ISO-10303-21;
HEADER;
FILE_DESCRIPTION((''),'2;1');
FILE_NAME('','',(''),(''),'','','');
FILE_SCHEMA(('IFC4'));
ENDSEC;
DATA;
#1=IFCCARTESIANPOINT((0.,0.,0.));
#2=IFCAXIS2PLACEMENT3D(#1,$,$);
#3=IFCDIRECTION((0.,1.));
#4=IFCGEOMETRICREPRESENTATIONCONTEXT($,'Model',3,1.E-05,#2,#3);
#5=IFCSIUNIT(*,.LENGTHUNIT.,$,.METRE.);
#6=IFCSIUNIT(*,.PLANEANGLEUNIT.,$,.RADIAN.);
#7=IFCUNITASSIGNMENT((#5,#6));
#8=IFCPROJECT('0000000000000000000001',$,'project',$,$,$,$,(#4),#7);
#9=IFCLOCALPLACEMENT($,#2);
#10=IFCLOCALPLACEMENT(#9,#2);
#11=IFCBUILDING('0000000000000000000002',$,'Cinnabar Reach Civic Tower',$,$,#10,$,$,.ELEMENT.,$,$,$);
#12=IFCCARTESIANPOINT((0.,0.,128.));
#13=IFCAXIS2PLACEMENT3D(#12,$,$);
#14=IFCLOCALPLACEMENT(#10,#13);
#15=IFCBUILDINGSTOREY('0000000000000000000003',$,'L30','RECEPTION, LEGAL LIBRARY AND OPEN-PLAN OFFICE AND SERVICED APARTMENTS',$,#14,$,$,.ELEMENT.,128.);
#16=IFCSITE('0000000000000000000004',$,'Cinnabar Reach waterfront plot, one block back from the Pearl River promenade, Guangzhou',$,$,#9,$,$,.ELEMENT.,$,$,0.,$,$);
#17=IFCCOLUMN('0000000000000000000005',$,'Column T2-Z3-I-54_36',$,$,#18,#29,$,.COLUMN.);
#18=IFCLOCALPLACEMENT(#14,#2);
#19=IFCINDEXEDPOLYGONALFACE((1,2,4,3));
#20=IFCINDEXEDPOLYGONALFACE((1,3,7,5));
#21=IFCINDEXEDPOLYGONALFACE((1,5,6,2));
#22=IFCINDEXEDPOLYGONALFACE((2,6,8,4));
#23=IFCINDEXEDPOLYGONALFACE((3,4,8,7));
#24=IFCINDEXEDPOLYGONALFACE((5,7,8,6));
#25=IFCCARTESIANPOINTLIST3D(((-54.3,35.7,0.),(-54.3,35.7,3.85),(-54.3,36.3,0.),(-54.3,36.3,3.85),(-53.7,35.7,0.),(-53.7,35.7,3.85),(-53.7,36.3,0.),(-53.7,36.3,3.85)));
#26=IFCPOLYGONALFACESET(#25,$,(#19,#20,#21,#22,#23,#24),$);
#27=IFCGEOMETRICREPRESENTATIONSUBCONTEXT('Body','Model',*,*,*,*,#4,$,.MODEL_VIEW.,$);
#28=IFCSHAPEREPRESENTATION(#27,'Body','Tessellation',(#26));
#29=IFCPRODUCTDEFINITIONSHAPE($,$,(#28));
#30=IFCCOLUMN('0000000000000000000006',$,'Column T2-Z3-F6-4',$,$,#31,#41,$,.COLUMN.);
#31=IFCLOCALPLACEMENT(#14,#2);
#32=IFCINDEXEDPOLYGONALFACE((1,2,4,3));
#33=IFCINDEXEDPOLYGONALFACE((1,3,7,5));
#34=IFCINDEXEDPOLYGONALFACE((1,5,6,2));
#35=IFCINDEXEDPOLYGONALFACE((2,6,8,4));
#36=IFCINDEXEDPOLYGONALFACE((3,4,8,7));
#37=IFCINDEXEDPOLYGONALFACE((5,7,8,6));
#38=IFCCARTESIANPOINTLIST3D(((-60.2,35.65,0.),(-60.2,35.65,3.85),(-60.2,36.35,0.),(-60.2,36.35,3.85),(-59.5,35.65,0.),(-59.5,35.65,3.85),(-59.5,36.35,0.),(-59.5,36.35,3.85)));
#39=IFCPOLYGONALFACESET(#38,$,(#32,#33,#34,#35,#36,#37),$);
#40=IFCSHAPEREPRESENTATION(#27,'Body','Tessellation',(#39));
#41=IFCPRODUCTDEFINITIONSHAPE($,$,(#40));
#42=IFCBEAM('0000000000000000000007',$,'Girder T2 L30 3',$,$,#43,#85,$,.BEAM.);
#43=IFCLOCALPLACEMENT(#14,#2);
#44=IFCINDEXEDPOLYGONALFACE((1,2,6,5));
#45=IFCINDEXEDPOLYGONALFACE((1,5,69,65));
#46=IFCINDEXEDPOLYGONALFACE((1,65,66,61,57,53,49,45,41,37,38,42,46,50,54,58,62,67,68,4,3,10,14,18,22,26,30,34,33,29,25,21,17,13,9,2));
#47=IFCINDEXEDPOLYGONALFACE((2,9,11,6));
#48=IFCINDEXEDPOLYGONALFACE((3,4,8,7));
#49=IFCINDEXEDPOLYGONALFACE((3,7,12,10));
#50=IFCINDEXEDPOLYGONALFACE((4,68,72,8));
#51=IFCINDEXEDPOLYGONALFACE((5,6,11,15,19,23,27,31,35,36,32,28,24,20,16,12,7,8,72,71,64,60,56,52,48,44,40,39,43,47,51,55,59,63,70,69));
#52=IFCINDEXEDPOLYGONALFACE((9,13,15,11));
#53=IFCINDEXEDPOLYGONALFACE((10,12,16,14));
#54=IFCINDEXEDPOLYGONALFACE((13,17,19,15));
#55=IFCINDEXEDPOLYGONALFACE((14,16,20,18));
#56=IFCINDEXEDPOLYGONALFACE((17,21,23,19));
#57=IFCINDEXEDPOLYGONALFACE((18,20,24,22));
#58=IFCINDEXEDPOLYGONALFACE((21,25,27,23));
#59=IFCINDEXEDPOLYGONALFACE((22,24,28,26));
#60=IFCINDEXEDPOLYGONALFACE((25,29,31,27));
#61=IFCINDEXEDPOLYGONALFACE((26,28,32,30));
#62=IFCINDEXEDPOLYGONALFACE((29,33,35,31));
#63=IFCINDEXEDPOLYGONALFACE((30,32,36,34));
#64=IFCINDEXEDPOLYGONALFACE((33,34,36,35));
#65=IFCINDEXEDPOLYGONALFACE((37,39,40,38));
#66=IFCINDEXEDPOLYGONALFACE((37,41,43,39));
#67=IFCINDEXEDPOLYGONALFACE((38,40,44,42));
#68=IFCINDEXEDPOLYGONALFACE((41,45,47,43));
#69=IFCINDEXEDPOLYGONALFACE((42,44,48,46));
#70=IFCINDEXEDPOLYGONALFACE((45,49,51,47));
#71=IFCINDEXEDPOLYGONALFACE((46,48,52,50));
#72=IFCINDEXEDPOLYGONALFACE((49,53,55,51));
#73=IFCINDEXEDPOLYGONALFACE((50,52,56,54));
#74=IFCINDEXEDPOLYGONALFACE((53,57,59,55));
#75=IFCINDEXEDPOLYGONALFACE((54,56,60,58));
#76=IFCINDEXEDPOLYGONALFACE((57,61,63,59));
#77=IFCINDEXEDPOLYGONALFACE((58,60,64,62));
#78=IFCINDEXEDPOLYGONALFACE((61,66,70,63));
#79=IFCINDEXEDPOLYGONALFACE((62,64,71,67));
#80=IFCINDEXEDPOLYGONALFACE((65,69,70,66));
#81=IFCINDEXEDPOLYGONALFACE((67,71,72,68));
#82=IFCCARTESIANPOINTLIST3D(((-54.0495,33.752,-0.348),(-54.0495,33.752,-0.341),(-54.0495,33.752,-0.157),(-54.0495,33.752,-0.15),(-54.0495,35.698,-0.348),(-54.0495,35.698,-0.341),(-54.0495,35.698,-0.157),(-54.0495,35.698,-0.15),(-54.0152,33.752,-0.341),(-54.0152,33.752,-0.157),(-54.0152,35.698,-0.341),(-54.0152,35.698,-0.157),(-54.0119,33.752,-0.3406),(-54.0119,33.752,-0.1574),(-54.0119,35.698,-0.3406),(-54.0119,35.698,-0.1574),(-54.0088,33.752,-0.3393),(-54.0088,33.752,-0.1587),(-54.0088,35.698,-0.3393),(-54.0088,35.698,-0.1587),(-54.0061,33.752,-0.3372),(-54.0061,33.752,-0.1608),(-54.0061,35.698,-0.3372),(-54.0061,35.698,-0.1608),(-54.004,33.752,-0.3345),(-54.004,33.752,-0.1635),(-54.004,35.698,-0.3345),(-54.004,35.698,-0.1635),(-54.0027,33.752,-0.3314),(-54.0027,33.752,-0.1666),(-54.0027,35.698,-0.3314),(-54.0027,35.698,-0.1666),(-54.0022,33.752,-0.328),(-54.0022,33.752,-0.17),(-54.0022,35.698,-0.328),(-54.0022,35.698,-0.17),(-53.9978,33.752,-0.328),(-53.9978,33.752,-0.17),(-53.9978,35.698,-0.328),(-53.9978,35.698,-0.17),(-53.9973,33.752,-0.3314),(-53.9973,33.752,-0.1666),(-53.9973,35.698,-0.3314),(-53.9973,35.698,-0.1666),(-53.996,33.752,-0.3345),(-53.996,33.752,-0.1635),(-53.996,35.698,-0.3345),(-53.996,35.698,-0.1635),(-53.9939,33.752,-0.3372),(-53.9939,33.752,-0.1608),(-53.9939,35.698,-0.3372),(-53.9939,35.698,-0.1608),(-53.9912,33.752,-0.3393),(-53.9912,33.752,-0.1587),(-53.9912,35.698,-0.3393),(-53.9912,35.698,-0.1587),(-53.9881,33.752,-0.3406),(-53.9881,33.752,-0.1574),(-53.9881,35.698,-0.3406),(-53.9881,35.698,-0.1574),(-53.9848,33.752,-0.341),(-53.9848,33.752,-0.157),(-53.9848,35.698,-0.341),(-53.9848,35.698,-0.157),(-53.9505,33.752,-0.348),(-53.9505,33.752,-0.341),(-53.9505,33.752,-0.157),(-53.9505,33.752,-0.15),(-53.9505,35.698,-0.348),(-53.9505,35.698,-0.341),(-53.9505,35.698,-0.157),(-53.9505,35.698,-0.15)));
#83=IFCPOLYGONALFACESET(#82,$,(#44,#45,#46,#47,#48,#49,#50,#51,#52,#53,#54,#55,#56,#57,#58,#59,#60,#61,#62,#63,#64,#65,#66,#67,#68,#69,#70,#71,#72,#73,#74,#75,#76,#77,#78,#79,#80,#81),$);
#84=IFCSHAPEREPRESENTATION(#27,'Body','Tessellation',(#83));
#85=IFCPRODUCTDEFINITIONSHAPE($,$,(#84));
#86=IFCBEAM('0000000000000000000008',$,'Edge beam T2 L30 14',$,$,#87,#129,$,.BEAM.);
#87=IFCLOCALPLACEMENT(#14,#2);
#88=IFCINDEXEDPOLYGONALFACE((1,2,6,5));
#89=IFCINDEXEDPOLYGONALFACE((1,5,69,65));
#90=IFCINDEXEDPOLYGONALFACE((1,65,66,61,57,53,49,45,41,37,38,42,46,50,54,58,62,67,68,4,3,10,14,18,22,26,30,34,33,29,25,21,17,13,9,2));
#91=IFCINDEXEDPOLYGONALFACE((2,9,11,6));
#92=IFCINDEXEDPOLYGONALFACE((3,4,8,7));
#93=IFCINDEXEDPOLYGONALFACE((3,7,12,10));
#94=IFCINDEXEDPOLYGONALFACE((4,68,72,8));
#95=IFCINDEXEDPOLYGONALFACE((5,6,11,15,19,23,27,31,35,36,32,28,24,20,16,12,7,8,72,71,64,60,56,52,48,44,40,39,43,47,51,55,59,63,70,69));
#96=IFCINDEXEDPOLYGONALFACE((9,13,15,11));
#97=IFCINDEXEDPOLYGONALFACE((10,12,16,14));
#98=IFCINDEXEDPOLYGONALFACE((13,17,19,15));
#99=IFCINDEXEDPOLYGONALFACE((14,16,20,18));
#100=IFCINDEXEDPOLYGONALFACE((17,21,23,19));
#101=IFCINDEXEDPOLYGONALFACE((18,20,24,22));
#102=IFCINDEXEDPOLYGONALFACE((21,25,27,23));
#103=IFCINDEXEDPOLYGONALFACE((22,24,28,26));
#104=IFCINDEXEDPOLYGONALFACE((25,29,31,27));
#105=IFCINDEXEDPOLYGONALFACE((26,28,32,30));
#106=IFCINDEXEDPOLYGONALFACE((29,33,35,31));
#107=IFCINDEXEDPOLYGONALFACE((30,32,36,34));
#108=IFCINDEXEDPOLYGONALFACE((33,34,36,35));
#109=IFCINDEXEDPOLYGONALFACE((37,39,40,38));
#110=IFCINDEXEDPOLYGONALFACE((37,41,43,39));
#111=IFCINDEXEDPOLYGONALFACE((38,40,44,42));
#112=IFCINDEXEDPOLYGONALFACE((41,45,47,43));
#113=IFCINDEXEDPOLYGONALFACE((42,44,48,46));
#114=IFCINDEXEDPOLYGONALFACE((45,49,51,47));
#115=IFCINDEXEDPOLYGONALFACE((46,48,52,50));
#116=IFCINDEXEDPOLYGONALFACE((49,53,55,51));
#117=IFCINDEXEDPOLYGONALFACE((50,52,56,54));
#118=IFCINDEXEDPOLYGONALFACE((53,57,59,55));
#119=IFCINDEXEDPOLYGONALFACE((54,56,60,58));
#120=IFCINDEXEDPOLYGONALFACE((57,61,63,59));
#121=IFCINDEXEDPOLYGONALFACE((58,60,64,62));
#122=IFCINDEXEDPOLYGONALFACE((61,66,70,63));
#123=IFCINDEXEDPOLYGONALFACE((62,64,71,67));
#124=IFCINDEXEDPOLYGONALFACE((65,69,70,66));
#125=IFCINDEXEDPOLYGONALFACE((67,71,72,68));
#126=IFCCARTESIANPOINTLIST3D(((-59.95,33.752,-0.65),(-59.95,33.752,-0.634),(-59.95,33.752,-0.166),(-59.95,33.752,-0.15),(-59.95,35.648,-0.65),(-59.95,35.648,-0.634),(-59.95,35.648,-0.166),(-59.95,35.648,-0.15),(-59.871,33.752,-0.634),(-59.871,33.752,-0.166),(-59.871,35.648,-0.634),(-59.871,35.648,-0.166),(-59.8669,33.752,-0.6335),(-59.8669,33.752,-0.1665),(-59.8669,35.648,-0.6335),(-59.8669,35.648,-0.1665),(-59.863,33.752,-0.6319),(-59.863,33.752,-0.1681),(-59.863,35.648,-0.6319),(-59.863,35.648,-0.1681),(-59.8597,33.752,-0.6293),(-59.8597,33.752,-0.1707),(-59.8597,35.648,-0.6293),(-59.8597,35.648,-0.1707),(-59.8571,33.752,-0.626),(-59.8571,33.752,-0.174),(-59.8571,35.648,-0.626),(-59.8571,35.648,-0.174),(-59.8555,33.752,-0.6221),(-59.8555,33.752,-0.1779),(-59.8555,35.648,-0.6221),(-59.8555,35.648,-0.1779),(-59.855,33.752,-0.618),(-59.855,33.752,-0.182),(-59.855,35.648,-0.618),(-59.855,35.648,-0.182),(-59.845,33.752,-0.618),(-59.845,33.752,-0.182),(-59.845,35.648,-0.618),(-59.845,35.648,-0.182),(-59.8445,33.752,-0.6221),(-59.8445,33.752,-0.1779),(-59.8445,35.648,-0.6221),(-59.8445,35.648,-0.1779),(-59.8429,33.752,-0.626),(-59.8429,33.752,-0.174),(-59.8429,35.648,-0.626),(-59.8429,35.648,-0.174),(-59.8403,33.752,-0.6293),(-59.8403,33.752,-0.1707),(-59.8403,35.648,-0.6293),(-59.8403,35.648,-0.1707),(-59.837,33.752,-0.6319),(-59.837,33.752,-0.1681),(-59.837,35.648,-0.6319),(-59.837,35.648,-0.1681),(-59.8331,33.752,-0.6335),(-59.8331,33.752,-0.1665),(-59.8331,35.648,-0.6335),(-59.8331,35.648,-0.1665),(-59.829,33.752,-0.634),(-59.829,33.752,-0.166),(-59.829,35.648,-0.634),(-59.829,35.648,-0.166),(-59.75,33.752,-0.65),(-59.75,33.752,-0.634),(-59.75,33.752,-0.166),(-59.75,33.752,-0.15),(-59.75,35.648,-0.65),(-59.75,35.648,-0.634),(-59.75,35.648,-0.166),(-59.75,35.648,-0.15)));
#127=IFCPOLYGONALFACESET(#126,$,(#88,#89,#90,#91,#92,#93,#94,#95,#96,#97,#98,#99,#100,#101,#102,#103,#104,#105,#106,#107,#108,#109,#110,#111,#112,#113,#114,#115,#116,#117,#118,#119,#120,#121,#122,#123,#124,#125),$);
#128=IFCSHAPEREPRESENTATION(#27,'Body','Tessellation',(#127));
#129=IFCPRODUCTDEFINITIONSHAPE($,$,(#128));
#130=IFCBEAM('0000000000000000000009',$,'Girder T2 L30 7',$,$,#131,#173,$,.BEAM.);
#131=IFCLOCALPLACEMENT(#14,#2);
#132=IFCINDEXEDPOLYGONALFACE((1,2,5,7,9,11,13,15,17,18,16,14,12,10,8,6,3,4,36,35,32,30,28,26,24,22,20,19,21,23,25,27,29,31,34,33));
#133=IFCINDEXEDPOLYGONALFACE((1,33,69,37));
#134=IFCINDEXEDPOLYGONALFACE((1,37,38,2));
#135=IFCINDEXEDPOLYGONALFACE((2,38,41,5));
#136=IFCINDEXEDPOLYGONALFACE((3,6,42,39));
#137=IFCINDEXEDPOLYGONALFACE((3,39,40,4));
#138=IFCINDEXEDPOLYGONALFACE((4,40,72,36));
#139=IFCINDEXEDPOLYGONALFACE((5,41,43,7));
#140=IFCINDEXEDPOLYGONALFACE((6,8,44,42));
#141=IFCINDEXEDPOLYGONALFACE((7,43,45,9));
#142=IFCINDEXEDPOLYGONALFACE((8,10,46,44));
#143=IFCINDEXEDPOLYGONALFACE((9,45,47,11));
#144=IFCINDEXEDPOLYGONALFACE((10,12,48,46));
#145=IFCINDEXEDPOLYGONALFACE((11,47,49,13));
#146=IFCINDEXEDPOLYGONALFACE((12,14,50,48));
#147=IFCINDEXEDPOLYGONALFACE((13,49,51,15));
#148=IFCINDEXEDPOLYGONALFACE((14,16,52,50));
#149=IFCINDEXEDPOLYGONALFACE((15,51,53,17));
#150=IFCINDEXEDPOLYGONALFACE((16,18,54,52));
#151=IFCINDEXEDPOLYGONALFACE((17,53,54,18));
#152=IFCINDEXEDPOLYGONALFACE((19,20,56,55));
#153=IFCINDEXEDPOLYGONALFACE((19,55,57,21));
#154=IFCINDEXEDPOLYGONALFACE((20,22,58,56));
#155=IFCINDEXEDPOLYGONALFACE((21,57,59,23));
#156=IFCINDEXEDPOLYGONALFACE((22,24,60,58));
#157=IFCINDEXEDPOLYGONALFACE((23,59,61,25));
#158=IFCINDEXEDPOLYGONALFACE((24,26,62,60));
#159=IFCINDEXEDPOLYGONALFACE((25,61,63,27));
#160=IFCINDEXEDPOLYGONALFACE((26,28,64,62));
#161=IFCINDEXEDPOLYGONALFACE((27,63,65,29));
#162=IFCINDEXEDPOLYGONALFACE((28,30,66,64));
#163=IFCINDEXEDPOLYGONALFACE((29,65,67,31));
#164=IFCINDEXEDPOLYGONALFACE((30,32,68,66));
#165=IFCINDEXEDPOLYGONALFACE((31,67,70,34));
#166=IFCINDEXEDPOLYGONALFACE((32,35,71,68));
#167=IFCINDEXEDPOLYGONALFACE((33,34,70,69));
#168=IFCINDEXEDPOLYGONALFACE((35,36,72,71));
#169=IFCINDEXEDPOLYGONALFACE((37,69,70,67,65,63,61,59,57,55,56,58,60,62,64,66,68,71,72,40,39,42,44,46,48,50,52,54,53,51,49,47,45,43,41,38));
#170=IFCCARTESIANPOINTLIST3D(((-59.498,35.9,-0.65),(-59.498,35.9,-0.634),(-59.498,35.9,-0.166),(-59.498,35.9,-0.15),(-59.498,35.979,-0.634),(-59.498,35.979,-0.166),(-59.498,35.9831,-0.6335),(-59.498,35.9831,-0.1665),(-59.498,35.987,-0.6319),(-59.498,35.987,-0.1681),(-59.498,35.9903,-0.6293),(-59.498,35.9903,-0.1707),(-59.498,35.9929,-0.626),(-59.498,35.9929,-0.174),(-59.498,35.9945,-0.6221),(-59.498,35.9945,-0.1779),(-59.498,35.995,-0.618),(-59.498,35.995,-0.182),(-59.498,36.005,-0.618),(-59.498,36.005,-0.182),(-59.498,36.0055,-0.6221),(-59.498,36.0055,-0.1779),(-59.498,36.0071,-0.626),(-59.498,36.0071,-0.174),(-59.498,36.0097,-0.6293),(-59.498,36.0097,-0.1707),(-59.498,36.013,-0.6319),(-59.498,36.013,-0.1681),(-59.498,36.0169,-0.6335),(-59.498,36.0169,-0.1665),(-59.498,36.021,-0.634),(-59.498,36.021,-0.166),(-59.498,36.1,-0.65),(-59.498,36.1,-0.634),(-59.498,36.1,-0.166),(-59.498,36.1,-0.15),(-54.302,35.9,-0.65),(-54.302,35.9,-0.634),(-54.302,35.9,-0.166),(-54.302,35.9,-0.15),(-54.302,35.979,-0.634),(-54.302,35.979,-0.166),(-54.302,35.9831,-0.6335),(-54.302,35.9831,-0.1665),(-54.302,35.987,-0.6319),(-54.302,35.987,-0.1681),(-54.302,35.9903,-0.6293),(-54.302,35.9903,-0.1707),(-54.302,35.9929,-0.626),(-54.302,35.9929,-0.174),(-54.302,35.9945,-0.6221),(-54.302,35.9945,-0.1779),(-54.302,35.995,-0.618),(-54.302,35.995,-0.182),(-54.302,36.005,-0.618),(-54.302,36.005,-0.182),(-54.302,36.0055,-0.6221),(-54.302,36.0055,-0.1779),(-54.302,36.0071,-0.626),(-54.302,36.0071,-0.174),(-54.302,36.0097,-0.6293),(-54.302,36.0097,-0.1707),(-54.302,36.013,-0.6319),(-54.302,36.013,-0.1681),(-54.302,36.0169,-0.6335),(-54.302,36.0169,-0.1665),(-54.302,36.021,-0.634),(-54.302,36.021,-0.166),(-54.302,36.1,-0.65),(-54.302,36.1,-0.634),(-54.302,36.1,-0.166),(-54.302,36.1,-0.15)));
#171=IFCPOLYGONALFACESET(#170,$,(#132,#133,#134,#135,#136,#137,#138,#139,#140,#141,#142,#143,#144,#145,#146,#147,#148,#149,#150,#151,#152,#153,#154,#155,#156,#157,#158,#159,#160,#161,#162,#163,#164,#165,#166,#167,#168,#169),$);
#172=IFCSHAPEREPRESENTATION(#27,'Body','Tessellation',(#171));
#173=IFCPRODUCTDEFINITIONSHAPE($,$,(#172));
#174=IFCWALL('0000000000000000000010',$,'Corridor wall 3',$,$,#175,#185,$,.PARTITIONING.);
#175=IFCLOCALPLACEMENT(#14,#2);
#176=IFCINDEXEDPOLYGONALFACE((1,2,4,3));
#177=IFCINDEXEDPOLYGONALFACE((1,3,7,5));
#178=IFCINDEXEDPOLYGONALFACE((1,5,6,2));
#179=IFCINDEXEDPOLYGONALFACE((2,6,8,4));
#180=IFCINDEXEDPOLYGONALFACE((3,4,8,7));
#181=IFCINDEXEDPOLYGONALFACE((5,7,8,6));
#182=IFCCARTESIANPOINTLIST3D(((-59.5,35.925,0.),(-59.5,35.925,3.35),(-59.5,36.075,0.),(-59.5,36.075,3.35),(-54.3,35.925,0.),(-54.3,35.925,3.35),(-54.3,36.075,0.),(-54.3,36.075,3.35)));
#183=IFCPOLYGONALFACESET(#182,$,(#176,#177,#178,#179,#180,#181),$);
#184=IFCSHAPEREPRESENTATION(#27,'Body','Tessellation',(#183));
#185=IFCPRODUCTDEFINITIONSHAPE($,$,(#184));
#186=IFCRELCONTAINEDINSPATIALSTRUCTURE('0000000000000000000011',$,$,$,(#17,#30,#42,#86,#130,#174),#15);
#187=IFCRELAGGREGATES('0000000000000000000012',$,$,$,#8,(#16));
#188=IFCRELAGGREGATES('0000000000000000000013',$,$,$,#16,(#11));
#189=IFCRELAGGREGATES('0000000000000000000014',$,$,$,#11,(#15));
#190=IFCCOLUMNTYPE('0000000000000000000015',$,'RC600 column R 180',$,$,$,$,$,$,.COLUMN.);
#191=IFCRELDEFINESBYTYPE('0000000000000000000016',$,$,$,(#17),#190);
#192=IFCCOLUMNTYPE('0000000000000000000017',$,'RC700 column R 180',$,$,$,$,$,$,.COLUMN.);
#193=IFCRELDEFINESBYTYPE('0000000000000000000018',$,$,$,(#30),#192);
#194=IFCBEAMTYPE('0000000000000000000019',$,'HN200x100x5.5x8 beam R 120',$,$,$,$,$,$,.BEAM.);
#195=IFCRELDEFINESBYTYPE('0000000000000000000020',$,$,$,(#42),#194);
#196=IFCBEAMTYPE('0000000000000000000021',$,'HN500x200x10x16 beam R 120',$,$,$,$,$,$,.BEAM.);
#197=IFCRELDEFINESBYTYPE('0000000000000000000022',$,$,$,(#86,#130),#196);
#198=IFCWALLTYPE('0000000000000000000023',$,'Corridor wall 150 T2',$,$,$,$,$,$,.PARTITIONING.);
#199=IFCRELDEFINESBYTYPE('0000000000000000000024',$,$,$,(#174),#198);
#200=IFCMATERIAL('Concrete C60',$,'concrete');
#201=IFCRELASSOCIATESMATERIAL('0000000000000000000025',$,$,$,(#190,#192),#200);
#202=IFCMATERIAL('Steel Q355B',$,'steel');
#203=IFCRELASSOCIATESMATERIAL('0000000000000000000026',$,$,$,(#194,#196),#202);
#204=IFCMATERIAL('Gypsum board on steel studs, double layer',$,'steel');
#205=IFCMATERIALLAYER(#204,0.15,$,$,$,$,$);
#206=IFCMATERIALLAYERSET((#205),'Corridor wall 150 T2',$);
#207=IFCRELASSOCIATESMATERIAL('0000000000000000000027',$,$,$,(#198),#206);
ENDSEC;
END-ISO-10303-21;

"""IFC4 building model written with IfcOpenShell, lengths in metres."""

from ifc_helpers import new_model, si_unit, direction, frame, frame_2d, origin, origin_2d, place, context, subcontext, project, spatial, rectangle, i_section, extrude, material, layer, layer_set, material_profile, profile_set, type_object, element, save


model = new_model("IFC4")

# Units and contexts
model_context = context("Model", 3, precision=1e-05, world=origin(), true_north=direction((0.0, 1.0)))
body_context = subcontext(model_context, "Body", "Model", "MODEL_VIEW")
ifc_project = project(units=[si_unit("LENGTHUNIT", "METRE"), si_unit("PLANEANGLEUNIT", "RADIAN")], contexts=[model_context])

# Site, building, storey
site_placement = place(None, origin())
site = spatial("IfcSite", under=ifc_project, at=site_placement, Name="Cinnabar Reach waterfront plot, one block back from the Pearl River promenade, Guangzhou", CompositionType="ELEMENT", RefElevation=0.0)
building_placement = place(site_placement, origin())
building = spatial("IfcBuilding", under=site, at=building_placement, Name="Cinnabar Reach Civic Tower", CompositionType="ELEMENT")
storey_placement = place(building_placement, frame((0.0, 0.0, 128.0)))
storey = spatial("IfcBuildingStorey", under=building, at=storey_placement, Name="L30", Description="RECEPTION, LEGAL LIBRARY AND OPEN-PLAN OFFICE AND SERVICED APARTMENTS", CompositionType="ELEMENT", Elevation=128.0)

# Columns
ifc_material_1 = material(Name="Concrete C60", Category="concrete")
ifc_material_profile_1 = material_profile(ifc_material_1, rectangle(XDim=0.6, YDim=0.6, at=origin_2d()), Name="RC600")
ifc_profile_set_1 = profile_set([ifc_material_profile_1], Name="Concrete C60")
column_type_1 = type_object("IfcColumnType", Name="RC600 column R 180", PredefinedType="COLUMN", material=ifc_profile_set_1)
column_1_placement = place(storey_placement, frame((-54.0, 36.0, 0.0), z_axis=(0.0, 0.0, 1.0), x_axis=(1.0, 0.0, 0.0)))
element("IfcColumn", 1, at=column_1_placement, inside=storey, type_object=column_type_1, Name="Column T2-Z3-I-54_36", PredefinedType="COLUMN", context=body_context, shape_type="SweptSolid", body=[
    extrude(rectangle(XDim=0.6, YDim=0.6, at=origin_2d()), origin(), (0.0, 0.0, 1.0), 3.85),
])
ifc_material_profile_2 = material_profile(ifc_material_1, rectangle(XDim=0.7, YDim=0.7, at=origin_2d()), Name="RC700")
ifc_profile_set_2 = profile_set([ifc_material_profile_2], Name="Concrete C60")
column_type_2 = type_object("IfcColumnType", Name="RC700 column R 180", PredefinedType="COLUMN", material=ifc_profile_set_2)
column_2_placement = place(storey_placement, frame((-59.85, 36.0, 0.0), z_axis=(0.0, 0.0, 1.0), x_axis=(1.0, 0.0, 0.0)))
element("IfcColumn", 2, at=column_2_placement, inside=storey, type_object=column_type_2, Name="Column T2-Z3-F6-4", PredefinedType="COLUMN", context=body_context, shape_type="SweptSolid", body=[
    extrude(rectangle(XDim=0.7, YDim=0.7, at=origin_2d()), origin(), (0.0, 0.0, 1.0), 3.85),
])

# Beams
ifc_material_2 = material(Name="Steel Q355B", Category="steel")
ifc_material_profile_3 = material_profile(ifc_material_2, i_section(OverallWidth=0.099, OverallDepth=0.198, WebThickness=0.0045, FlangeThickness=0.007, FilletRadius=0.013, at=origin_2d()), Name="HN200x100x5.5x8")
ifc_profile_set_3 = profile_set([ifc_material_profile_3], Name="Steel Q355B")
beam_type_1 = type_object("IfcBeamType", Name="HN200x100x5.5x8 beam R 120", PredefinedType="BEAM", material=ifc_profile_set_3)
beam_1_placement = place(storey_placement, frame((-54.0, 33.752, -0.249), z_axis=(0.0, 1.0, 0.0), x_axis=(-1.0, 0.0, 0.0)))
element("IfcBeam", 3, at=beam_1_placement, inside=storey, type_object=beam_type_1, Name="Girder T2 L30 3", PredefinedType="BEAM", context=body_context, shape_type="SweptSolid", body=[
    extrude(i_section(OverallWidth=0.099, OverallDepth=0.198, WebThickness=0.0045, FlangeThickness=0.007, FilletRadius=0.013, at=origin_2d()), origin(), (0.0, 0.0, 1.0), 1.946),
])
ifc_material_profile_4 = material_profile(ifc_material_2, i_section(OverallWidth=0.2, OverallDepth=0.5, WebThickness=0.01, FlangeThickness=0.016, FilletRadius=0.016, at=origin_2d()), Name="HN500x200x10x16")
ifc_profile_set_4 = profile_set([ifc_material_profile_4], Name="Steel Q355B")
beam_type_2 = type_object("IfcBeamType", Name="HN500x200x10x16 beam R 120", PredefinedType="BEAM", material=ifc_profile_set_4)
beam_2_placement = place(storey_placement, frame((-59.85, 35.648, -0.4), z_axis=(0.0, -1.0, 0.0), x_axis=(1.0, 0.0, 0.0)))
element("IfcBeam", 4, at=beam_2_placement, inside=storey, type_object=beam_type_2, Name="Edge beam T2 L30 14", PredefinedType="BEAM", context=body_context, shape_type="SweptSolid", body=[
    extrude(i_section(OverallWidth=0.2, OverallDepth=0.5, WebThickness=0.01, FlangeThickness=0.016, FilletRadius=0.016, at=origin_2d()), origin(), (0.0, 0.0, 1.0), 1.896),
])
beam_3_placement = place(storey_placement, frame((-59.498, 36.0, -0.4), z_axis=(1.0, 0.0, 0.0), x_axis=(0.0, 1.0, 0.0)))
element("IfcBeam", 5, at=beam_3_placement, inside=storey, type_object=beam_type_2, Name="Girder T2 L30 7", PredefinedType="BEAM", context=body_context, shape_type="SweptSolid", body=[
    extrude(i_section(OverallWidth=0.2, OverallDepth=0.5, WebThickness=0.01, FlangeThickness=0.016, FilletRadius=0.016, at=origin_2d()), origin(), (0.0, 0.0, 1.0), 5.196),
])

# Wall
ifc_material_3 = material(Name="Gypsum board on steel studs, double layer", Category="steel")
ifc_layer_1 = layer(ifc_material_3, 0.15)
ifc_layer_set_1 = layer_set([ifc_layer_1], Name="Corridor wall 150 T2")
wall_type_1 = type_object("IfcWallType", Name="Corridor wall 150 T2", PredefinedType="PARTITIONING", material=ifc_layer_set_1)
wall_1_placement = place(storey_placement, frame((-59.5, 36.0, 0.0), z_axis=(0.0, 0.0, 1.0), x_axis=(1.0, 0.0, 0.0)))
element("IfcWall", 6, at=wall_1_placement, inside=storey, type_object=wall_type_1, Name="Corridor wall 3", PredefinedType="PARTITIONING", context=body_context, shape_type="SweptSolid", body=[
    extrude(rectangle(XDim=5.2, YDim=0.15, at=frame_2d((2.6, 0.0))), origin(), (0.0, 0.0, 1.0), 3.35),
])

save(model, "model.ifc")
